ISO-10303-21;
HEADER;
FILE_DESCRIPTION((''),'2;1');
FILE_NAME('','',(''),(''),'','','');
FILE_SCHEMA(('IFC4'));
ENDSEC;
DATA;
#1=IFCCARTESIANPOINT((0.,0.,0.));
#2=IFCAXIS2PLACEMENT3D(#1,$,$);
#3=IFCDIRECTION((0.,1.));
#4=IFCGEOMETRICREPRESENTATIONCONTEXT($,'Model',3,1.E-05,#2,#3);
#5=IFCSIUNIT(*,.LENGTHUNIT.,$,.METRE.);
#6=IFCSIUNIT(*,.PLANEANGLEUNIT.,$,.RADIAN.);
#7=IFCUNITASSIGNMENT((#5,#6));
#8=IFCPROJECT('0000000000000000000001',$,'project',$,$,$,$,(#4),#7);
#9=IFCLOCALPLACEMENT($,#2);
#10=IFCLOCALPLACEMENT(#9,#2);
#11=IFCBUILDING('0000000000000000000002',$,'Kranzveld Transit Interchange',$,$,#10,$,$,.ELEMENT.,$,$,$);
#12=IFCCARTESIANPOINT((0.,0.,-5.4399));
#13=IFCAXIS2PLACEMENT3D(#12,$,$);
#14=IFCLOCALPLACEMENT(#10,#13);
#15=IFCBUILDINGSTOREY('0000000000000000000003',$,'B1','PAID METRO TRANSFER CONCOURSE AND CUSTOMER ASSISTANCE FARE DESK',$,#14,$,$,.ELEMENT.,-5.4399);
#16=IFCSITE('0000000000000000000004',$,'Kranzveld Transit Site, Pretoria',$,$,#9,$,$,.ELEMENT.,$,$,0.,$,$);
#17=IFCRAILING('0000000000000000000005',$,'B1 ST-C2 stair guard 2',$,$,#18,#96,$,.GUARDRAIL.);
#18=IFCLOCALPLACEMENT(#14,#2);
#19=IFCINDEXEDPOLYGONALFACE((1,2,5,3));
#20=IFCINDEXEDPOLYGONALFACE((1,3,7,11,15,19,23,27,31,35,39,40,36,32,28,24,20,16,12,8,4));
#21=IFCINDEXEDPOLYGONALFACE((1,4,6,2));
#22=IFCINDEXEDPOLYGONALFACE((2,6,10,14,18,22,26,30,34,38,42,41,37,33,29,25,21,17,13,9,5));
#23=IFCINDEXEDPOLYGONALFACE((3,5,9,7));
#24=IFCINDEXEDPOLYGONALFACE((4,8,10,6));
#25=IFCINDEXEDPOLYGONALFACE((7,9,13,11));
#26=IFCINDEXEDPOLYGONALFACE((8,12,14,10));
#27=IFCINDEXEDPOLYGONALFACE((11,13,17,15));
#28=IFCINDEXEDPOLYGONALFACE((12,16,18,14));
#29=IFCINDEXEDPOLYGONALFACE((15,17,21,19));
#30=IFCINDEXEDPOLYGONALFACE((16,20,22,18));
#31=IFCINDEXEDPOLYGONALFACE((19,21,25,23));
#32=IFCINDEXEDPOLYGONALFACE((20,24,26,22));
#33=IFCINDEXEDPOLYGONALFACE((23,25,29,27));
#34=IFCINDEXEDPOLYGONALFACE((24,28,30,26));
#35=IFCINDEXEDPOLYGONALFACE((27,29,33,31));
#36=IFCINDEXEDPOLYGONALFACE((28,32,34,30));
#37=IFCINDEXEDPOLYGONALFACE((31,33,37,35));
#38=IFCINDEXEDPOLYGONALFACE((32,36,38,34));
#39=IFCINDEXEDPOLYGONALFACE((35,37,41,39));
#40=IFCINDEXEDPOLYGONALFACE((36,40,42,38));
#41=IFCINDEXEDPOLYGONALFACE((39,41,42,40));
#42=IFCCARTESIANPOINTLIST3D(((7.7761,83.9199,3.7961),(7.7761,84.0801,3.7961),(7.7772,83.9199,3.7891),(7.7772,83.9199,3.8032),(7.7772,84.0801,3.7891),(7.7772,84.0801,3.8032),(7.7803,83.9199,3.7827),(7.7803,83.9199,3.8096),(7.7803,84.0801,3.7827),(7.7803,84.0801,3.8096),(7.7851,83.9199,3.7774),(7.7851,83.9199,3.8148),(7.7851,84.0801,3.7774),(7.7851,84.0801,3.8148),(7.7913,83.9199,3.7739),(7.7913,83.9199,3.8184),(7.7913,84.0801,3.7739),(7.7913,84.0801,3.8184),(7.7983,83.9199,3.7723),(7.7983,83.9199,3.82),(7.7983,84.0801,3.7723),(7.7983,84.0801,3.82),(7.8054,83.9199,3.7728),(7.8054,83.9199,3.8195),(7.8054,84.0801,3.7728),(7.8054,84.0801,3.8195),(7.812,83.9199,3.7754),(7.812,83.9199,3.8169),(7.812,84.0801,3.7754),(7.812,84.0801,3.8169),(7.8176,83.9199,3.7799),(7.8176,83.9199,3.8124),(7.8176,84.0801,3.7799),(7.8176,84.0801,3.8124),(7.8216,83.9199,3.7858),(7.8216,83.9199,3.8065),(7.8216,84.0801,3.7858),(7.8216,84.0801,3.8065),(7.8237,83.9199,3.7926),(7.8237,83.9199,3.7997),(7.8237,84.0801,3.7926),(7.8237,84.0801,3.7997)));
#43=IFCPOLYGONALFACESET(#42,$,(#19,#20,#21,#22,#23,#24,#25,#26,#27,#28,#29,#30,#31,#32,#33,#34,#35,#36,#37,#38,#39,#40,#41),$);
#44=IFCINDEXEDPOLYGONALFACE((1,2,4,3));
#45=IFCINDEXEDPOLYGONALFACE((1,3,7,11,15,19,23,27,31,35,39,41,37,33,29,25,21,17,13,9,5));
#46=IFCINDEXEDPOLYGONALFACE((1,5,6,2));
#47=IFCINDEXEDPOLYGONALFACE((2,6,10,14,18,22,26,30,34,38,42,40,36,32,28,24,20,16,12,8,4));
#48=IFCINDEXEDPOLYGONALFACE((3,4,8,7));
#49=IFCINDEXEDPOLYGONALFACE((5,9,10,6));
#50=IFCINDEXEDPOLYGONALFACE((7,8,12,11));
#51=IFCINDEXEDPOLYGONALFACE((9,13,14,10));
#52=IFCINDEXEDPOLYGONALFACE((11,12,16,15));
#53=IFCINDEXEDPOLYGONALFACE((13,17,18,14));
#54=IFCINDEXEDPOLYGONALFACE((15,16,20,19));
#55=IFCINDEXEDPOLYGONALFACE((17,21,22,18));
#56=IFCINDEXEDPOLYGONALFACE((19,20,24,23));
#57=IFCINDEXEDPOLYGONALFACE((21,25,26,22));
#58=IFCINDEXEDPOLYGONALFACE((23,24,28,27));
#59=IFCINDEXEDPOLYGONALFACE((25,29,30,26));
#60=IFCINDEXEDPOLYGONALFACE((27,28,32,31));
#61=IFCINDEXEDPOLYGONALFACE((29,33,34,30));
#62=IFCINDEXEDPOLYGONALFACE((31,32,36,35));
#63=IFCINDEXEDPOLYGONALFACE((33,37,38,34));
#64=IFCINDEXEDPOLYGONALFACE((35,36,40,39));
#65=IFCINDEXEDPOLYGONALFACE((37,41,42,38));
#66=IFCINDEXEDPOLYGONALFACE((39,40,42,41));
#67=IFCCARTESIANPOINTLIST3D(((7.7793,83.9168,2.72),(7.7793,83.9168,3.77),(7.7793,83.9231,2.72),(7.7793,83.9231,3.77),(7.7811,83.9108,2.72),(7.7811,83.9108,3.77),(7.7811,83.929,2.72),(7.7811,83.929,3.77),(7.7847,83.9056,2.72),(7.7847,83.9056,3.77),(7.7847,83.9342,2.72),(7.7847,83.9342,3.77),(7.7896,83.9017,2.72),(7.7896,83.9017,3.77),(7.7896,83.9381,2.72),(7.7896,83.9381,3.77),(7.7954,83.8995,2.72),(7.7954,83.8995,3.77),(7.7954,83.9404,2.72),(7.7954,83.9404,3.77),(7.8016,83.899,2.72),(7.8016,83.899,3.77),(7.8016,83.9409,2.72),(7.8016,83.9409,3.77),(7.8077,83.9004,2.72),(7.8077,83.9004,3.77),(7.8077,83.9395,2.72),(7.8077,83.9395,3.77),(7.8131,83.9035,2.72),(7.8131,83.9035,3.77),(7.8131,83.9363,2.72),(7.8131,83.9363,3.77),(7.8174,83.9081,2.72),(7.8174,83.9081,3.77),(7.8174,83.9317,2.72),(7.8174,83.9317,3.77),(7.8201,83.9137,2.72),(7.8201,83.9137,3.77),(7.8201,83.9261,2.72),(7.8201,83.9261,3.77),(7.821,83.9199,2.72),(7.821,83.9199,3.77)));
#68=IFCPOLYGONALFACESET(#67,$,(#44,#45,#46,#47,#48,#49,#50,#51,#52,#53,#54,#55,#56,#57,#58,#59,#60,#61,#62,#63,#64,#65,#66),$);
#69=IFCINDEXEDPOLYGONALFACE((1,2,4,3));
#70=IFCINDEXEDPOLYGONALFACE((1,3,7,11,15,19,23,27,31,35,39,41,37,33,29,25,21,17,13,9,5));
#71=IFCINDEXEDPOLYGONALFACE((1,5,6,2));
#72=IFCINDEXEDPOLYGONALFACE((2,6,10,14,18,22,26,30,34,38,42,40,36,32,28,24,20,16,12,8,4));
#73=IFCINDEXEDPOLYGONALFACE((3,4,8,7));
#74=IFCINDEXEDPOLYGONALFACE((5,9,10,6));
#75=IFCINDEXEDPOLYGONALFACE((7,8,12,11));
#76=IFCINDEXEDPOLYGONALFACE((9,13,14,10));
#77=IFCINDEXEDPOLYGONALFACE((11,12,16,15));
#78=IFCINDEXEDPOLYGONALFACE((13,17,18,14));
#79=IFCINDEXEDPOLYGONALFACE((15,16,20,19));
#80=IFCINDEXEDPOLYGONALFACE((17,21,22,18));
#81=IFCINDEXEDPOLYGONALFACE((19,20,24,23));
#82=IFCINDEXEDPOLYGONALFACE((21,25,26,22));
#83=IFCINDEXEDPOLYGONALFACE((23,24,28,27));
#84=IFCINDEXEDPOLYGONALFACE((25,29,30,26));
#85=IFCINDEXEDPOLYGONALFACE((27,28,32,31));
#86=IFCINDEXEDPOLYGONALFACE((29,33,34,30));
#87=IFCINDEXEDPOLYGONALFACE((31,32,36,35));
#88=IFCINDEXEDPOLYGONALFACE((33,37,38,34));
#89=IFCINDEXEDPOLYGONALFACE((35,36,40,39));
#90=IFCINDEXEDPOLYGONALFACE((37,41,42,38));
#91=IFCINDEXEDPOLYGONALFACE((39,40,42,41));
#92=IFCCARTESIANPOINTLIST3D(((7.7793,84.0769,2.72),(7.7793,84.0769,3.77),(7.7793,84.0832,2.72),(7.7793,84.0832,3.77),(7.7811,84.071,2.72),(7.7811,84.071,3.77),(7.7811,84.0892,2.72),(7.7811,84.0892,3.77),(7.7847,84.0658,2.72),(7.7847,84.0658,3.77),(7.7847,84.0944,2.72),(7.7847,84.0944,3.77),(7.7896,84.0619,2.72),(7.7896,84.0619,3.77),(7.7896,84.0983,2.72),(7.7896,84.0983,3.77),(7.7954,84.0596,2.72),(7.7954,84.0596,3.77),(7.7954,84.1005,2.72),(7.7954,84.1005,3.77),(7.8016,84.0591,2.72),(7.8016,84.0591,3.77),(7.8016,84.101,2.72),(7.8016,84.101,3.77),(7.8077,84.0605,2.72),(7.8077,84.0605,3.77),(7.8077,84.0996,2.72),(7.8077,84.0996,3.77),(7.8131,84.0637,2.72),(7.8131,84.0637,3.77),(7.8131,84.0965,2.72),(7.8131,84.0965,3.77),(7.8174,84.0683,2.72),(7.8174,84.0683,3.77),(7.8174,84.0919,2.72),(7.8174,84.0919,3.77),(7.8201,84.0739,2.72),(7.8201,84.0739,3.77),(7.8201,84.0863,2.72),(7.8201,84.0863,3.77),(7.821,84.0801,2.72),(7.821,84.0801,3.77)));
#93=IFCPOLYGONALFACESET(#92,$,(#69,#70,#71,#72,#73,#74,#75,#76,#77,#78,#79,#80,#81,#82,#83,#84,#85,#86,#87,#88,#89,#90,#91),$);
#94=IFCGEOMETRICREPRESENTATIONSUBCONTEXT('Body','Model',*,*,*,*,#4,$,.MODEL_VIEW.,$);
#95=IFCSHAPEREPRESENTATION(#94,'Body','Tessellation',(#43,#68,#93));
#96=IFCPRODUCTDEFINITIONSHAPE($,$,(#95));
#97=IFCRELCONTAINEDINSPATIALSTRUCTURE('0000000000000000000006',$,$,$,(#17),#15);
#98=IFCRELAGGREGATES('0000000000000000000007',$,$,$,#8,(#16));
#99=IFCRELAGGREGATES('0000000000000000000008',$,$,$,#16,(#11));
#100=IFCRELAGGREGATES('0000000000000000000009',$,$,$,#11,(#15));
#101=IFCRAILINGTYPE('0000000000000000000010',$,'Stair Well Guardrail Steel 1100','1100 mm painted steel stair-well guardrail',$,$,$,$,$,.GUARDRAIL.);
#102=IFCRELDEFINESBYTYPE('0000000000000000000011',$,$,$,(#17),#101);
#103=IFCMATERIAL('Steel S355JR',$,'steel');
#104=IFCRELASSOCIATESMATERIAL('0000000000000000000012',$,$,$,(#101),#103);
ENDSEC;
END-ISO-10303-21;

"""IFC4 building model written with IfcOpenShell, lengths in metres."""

from ifc_helpers import new_model, si_unit, direction, frame, origin, origin_2d, place, context, subcontext, project, spatial, circle, extrude, material, type_object, element, save


model = new_model("IFC4")

# Units and contexts
model_context = context("Model", 3, precision=1e-05, world=origin(), true_north=direction((0.0, 1.0)))
body_context = subcontext(model_context, "Body", "Model", "MODEL_VIEW")
ifc_project = project(units=[si_unit("LENGTHUNIT", "METRE"), si_unit("PLANEANGLEUNIT", "RADIAN")], contexts=[model_context])

# Site, building, storey
site_placement = place(None, origin())
site = spatial("IfcSite", under=ifc_project, at=site_placement, Name="Kranzveld Transit Site, Pretoria", CompositionType="ELEMENT", RefElevation=0.0)
building_placement = place(site_placement, origin())
building = spatial("IfcBuilding", under=site, at=building_placement, Name="Kranzveld Transit Interchange", CompositionType="ELEMENT")
storey_placement = place(building_placement, frame((0.0, 0.0, -5.4399)))
storey = spatial("IfcBuildingStorey", under=building, at=storey_placement, Name="B1", Description="PAID METRO TRANSFER CONCOURSE AND CUSTOMER ASSISTANCE FARE DESK", CompositionType="ELEMENT", Elevation=-5.4399)

# Railing
ifc_material_1 = material(Name="Steel S355JR", Category="steel")
railing_type_1 = type_object("IfcRailingType", Name="Stair Well Guardrail Steel 1100", Description="1100 mm painted steel stair-well guardrail", PredefinedType="GUARDRAIL", material=ifc_material_1)
railing_1_placement = place(storey_placement, frame((7.8, 83.9199, 2.72)))
element("IfcRailing", 1, at=railing_1_placement, inside=storey, type_object=railing_type_1, Name="B1 ST-C2 stair guard 2", PredefinedType="GUARDRAIL", context=body_context, shape_type="SweptSolid", body=[
    extrude(circle(Radius=0.0239, at=origin_2d()), frame((0.0, 0.0, 1.0762), z_axis=(0.0, 1.0, 0.0), x_axis=(-1.0, 0.0, 0.0)), (0.0, 0.0, 1.0), 0.1602),
    extrude(circle(Radius=0.021, at=origin_2d()), origin(), (0.0, 0.0, 1.0), 1.05),
    extrude(circle(Radius=0.021, at=origin_2d()), frame((0.0, 0.1602, 0.0)), (0.0, 0.0, 1.0), 1.05),
])

save(model, "model.ifc")
